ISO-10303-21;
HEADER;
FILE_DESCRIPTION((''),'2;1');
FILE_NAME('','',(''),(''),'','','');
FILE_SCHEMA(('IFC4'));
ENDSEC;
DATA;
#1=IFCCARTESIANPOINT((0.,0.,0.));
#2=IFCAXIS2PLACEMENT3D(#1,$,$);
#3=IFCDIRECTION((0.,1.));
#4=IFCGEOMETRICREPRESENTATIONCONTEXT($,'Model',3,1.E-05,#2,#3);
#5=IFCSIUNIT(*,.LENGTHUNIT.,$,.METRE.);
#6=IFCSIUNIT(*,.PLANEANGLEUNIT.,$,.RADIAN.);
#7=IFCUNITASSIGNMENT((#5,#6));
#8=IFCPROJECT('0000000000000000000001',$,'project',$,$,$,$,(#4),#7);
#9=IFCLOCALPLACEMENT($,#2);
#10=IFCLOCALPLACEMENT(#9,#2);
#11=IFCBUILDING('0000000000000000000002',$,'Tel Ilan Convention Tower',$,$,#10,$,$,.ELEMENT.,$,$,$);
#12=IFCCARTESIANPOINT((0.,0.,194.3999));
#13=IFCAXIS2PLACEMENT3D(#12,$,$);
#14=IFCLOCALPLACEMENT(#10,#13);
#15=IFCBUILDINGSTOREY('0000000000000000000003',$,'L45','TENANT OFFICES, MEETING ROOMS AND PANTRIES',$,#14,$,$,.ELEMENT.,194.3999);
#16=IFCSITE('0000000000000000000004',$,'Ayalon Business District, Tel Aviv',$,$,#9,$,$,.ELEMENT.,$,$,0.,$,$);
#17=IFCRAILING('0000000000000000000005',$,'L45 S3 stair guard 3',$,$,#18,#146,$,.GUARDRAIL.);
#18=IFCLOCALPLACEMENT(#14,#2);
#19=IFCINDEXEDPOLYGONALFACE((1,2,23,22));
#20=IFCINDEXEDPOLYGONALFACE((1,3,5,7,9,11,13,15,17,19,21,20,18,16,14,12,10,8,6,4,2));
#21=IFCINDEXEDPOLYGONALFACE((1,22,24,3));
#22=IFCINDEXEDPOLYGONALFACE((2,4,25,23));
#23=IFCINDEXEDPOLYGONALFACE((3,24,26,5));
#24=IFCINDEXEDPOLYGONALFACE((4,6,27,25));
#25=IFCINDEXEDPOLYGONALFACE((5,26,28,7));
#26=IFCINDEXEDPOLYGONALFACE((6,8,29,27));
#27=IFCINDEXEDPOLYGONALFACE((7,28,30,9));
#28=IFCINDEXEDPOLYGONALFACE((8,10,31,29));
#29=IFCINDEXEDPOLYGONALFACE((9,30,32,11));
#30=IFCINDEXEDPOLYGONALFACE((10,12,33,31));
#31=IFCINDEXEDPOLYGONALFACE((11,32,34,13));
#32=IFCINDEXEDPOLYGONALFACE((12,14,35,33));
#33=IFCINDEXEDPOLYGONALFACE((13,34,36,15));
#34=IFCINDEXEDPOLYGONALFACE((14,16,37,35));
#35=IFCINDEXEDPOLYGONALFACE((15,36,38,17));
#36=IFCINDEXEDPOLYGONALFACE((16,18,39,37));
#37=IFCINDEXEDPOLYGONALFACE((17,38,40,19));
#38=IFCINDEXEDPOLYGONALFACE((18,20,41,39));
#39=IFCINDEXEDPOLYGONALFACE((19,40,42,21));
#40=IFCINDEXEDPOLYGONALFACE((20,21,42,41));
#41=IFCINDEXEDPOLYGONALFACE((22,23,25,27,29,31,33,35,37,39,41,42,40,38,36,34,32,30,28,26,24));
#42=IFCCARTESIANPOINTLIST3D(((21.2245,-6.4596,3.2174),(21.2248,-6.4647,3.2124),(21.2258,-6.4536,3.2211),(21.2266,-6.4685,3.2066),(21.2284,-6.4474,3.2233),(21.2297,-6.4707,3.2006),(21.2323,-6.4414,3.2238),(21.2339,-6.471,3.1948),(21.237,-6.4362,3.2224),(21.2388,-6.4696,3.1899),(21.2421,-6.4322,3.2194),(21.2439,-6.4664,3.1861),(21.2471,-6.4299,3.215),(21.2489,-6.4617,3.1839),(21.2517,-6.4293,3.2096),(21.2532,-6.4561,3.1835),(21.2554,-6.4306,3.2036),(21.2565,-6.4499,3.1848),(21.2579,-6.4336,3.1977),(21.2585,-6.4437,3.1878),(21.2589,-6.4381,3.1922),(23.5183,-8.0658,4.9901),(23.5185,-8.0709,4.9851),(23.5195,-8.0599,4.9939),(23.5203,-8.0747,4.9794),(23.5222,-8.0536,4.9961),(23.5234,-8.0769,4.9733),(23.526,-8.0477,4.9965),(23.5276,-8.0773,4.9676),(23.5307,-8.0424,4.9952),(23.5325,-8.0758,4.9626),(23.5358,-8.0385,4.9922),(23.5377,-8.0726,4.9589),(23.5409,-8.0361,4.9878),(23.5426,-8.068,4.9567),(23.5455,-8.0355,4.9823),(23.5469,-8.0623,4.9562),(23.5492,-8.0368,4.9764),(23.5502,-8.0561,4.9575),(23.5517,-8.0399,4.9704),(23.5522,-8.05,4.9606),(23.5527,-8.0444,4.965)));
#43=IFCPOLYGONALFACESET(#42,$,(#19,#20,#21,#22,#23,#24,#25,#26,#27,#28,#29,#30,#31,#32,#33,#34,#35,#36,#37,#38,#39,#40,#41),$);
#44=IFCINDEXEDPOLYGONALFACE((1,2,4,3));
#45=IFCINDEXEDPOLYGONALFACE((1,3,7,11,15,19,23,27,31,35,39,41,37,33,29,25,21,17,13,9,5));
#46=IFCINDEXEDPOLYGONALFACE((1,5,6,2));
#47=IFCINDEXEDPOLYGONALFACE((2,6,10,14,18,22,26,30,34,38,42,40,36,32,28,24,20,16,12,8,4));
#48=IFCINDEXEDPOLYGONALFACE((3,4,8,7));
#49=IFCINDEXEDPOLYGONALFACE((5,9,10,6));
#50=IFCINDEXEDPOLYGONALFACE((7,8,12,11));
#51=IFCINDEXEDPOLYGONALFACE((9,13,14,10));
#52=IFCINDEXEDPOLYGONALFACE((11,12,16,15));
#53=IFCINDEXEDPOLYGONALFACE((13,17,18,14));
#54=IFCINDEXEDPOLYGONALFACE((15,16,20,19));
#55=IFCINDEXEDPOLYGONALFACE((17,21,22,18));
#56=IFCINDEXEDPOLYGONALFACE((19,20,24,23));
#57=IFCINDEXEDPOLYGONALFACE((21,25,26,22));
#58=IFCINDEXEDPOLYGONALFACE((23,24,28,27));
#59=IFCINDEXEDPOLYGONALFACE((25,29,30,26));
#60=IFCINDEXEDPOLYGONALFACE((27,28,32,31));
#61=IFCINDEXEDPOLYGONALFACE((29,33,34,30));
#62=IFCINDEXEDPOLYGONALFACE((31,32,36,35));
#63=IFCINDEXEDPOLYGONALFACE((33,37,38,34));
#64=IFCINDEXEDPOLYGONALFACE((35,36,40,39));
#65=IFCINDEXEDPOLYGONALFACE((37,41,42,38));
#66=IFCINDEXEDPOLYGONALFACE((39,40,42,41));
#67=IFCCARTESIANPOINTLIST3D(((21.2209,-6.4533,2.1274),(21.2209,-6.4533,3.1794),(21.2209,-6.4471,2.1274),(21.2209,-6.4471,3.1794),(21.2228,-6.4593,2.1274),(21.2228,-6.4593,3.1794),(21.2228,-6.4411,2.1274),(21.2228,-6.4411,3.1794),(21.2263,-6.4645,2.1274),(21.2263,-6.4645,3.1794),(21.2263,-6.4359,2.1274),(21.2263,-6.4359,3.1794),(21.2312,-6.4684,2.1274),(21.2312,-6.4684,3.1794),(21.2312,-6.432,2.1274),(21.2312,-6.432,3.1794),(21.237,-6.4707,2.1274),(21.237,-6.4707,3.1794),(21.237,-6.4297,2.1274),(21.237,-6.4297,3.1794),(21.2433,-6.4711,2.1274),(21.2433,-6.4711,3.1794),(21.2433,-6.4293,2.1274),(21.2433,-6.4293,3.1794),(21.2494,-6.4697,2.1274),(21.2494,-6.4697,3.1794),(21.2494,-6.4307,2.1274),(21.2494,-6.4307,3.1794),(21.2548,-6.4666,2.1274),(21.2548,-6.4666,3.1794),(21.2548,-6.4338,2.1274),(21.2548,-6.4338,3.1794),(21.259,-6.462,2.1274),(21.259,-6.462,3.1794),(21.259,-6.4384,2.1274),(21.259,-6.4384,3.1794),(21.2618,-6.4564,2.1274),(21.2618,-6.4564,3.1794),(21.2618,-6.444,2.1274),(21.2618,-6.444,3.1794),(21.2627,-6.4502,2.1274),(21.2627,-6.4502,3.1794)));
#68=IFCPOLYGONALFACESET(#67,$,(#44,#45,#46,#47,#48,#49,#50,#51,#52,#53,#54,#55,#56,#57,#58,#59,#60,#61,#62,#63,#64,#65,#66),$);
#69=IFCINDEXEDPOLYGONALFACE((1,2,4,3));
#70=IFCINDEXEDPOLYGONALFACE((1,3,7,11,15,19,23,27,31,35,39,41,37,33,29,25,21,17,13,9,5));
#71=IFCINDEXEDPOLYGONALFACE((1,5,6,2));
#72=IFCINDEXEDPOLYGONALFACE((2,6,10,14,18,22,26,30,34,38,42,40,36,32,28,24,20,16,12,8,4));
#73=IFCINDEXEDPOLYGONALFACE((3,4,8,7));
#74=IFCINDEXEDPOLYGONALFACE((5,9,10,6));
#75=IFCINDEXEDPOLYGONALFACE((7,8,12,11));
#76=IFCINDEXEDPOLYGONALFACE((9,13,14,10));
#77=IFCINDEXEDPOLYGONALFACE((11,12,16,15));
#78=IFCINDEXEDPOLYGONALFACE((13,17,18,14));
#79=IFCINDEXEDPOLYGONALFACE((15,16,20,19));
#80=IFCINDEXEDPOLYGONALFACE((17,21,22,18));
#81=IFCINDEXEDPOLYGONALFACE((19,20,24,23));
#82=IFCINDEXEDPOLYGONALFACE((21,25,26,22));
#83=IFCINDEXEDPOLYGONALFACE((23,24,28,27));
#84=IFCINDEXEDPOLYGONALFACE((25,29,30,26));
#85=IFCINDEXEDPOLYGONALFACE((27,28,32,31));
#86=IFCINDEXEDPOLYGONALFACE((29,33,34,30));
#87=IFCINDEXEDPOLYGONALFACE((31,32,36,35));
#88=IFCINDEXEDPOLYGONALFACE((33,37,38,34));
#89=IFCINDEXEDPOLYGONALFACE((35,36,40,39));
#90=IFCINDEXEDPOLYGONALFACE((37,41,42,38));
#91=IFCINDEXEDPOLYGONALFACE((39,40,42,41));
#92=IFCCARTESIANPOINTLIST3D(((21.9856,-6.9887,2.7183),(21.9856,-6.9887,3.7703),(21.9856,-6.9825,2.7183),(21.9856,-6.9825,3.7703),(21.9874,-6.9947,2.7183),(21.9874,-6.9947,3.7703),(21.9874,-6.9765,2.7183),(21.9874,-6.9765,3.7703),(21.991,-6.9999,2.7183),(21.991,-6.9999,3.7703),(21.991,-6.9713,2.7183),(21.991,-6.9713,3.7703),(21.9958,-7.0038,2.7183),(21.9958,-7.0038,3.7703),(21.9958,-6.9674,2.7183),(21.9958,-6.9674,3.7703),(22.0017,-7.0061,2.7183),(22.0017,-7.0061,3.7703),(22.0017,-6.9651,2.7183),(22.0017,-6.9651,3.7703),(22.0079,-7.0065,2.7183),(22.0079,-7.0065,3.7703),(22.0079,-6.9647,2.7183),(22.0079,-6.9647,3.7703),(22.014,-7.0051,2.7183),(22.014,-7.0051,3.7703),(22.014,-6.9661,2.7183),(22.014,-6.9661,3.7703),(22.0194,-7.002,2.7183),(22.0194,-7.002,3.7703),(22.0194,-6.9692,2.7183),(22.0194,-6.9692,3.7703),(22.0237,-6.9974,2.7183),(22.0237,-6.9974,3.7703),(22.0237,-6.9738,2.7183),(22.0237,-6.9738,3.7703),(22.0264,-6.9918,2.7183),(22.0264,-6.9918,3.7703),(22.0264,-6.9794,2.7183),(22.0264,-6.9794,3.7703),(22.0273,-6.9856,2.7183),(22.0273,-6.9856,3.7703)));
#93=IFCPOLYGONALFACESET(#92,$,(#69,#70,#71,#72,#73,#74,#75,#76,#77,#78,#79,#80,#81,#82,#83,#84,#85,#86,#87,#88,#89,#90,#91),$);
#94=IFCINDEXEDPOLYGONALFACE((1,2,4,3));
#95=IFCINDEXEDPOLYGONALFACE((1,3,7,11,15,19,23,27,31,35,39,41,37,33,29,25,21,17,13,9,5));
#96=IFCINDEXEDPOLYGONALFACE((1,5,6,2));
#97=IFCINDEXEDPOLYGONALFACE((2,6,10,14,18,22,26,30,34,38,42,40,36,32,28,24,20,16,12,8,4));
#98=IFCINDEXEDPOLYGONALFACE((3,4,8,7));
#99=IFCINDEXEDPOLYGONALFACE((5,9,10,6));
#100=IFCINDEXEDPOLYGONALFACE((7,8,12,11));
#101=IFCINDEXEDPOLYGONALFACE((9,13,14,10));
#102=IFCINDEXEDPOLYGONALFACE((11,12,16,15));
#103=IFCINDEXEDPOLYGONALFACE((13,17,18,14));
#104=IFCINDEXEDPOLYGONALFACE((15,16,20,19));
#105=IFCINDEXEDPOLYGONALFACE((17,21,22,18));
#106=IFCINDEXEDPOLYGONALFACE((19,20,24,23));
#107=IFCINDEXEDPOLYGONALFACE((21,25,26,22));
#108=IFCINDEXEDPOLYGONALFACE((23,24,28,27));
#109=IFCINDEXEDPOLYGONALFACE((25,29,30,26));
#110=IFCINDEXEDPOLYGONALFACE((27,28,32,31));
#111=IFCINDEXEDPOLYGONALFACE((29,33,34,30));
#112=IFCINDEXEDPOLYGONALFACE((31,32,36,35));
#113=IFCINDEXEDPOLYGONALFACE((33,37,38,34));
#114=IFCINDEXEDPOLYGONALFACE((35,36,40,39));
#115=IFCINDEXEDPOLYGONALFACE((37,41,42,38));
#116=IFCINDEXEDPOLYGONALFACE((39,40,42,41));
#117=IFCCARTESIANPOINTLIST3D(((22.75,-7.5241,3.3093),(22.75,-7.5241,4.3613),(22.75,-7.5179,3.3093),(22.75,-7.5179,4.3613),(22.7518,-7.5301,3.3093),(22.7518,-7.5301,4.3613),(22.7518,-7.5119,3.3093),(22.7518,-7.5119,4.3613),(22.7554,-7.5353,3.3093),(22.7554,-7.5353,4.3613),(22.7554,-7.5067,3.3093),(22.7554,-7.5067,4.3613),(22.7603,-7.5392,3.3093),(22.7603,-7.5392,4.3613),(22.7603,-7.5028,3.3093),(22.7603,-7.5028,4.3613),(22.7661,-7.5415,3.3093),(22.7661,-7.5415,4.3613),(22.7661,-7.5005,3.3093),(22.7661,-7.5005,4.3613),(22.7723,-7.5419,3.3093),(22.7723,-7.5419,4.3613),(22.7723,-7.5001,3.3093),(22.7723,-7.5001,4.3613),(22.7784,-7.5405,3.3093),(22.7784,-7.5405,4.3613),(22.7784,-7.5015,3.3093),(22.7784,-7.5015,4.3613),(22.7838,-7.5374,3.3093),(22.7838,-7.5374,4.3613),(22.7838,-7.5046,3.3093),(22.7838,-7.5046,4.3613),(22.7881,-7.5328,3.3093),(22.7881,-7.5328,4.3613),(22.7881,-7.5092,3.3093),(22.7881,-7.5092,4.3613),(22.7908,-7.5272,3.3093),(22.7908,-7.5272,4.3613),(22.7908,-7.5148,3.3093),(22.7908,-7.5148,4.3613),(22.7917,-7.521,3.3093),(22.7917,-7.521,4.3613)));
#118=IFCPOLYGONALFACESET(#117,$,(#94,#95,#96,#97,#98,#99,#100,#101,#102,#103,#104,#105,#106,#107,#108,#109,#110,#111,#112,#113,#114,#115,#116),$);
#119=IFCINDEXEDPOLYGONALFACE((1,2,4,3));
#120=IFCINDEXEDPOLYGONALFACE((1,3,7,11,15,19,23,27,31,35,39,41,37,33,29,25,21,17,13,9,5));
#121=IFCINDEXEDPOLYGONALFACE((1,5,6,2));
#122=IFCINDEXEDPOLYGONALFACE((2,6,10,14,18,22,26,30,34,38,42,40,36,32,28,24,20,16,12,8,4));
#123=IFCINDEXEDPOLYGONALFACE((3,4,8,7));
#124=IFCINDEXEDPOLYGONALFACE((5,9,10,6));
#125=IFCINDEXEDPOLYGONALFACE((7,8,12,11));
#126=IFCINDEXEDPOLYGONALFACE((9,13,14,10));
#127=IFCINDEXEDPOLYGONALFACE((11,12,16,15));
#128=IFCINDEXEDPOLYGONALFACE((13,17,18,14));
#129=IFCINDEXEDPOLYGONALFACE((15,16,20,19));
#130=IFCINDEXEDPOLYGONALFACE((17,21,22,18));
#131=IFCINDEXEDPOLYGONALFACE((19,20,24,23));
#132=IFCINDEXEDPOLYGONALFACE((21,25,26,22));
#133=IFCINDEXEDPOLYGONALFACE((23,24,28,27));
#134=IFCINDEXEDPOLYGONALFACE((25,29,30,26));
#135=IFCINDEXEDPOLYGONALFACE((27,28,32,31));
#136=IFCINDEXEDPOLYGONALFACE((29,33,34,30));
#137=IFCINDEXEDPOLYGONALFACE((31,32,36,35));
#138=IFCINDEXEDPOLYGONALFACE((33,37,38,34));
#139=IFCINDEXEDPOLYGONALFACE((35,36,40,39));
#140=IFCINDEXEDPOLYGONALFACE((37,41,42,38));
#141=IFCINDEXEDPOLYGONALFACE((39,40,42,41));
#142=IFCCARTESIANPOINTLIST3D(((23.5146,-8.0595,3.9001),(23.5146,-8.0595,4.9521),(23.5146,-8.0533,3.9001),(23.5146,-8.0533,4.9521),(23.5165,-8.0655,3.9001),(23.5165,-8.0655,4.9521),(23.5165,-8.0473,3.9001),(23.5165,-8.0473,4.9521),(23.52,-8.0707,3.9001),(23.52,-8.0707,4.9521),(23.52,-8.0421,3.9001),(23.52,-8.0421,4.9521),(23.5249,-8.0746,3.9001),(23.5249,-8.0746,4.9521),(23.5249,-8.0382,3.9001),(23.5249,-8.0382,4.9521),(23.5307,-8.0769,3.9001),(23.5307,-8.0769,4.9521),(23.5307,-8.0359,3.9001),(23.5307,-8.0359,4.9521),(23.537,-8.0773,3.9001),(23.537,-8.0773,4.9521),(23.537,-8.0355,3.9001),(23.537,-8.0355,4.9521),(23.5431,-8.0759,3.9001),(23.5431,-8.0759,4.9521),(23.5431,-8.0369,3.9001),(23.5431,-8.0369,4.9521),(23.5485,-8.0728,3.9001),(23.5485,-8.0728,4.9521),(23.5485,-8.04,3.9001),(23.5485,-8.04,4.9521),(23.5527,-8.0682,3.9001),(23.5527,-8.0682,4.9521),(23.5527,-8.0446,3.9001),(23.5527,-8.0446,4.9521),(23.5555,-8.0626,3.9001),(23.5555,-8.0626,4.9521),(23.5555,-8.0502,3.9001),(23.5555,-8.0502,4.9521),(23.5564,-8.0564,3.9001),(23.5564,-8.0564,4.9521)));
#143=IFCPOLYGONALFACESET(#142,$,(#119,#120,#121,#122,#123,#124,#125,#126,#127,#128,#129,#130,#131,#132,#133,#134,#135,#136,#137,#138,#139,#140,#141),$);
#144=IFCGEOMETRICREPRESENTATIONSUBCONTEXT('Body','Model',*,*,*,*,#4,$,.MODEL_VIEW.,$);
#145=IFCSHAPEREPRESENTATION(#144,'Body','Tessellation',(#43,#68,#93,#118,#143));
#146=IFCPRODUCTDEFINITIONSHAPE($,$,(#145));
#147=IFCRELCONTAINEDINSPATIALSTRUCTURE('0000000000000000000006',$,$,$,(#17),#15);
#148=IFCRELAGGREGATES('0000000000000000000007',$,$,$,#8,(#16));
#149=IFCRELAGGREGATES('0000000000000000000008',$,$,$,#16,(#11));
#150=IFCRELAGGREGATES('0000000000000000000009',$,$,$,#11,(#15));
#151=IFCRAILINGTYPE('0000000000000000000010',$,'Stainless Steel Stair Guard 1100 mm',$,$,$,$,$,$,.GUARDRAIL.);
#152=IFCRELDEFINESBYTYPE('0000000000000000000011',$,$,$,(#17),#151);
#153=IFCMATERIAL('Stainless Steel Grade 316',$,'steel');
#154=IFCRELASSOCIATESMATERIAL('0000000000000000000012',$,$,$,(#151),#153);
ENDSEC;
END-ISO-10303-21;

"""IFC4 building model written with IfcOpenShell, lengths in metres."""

from ifc_helpers import new_model, si_unit, direction, frame, origin, origin_2d, place, context, subcontext, project, spatial, circle, extrude, material, type_object, element, save


model = new_model("IFC4")

# Units and contexts
model_context = context("Model", 3, precision=1e-05, world=origin(), true_north=direction((0.0, 1.0)))
body_context = subcontext(model_context, "Body", "Model", "MODEL_VIEW")
ifc_project = project(units=[si_unit("LENGTHUNIT", "METRE"), si_unit("PLANEANGLEUNIT", "RADIAN")], contexts=[model_context])

# Site, building, storey
site_placement = place(None, origin())
site = spatial("IfcSite", under=ifc_project, at=site_placement, Name="Ayalon Business District, Tel Aviv", CompositionType="ELEMENT", RefElevation=0.0)
building_placement = place(site_placement, origin())
building = spatial("IfcBuilding", under=site, at=building_placement, Name="Tel Ilan Convention Tower", CompositionType="ELEMENT")
storey_placement = place(building_placement, frame((0.0, 0.0, 194.3999)))
storey = spatial("IfcBuildingStorey", under=building, at=storey_placement, Name="L45", Description="TENANT OFFICES, MEETING ROOMS AND PANTRIES", CompositionType="ELEMENT", Elevation=194.3999)

# Railing
ifc_material_1 = material(Name="Stainless Steel Grade 316", Category="steel")
railing_type_1 = type_object("IfcRailingType", Name="Stainless Steel Stair Guard 1100 mm", PredefinedType="GUARDRAIL", material=ifc_material_1)
railing_1_placement = place(storey_placement, frame((21.2417, -6.4502, 2.1274)))
element("IfcRailing", 1, at=railing_1_placement, inside=storey, type_object=railing_type_1, Name="L45 S3 stair guard 3", PredefinedType="GUARDRAIL", context=body_context, shape_type="SweptSolid", body=[
    extrude(circle(Radius=0.0239, at=origin_2d()), frame((0.0, 0.0, 1.0762), z_axis=(0.692098, -0.484653, 0.534894), x_axis=(0.573609, 0.81913, 0.0)), (0.0, 0.0, 1.0), 3.3142),
    extrude(circle(Radius=0.021, at=origin_2d()), origin(), (0.0, 0.0, 1.0), 1.052),
    extrude(circle(Radius=0.021, at=origin_2d()), frame((0.7646, -0.5354, 0.5908)), (0.0, 0.0, 1.0), 1.052),
    extrude(circle(Radius=0.021, at=origin_2d()), frame((1.5291, -1.0708, 1.1819)), (0.0, 0.0, 1.0), 1.052),
    extrude(circle(Radius=0.021, at=origin_2d()), frame((2.2937, -1.6062, 1.7727)), (0.0, 0.0, 1.0), 1.052),
])

save(model, "model.ifc")
